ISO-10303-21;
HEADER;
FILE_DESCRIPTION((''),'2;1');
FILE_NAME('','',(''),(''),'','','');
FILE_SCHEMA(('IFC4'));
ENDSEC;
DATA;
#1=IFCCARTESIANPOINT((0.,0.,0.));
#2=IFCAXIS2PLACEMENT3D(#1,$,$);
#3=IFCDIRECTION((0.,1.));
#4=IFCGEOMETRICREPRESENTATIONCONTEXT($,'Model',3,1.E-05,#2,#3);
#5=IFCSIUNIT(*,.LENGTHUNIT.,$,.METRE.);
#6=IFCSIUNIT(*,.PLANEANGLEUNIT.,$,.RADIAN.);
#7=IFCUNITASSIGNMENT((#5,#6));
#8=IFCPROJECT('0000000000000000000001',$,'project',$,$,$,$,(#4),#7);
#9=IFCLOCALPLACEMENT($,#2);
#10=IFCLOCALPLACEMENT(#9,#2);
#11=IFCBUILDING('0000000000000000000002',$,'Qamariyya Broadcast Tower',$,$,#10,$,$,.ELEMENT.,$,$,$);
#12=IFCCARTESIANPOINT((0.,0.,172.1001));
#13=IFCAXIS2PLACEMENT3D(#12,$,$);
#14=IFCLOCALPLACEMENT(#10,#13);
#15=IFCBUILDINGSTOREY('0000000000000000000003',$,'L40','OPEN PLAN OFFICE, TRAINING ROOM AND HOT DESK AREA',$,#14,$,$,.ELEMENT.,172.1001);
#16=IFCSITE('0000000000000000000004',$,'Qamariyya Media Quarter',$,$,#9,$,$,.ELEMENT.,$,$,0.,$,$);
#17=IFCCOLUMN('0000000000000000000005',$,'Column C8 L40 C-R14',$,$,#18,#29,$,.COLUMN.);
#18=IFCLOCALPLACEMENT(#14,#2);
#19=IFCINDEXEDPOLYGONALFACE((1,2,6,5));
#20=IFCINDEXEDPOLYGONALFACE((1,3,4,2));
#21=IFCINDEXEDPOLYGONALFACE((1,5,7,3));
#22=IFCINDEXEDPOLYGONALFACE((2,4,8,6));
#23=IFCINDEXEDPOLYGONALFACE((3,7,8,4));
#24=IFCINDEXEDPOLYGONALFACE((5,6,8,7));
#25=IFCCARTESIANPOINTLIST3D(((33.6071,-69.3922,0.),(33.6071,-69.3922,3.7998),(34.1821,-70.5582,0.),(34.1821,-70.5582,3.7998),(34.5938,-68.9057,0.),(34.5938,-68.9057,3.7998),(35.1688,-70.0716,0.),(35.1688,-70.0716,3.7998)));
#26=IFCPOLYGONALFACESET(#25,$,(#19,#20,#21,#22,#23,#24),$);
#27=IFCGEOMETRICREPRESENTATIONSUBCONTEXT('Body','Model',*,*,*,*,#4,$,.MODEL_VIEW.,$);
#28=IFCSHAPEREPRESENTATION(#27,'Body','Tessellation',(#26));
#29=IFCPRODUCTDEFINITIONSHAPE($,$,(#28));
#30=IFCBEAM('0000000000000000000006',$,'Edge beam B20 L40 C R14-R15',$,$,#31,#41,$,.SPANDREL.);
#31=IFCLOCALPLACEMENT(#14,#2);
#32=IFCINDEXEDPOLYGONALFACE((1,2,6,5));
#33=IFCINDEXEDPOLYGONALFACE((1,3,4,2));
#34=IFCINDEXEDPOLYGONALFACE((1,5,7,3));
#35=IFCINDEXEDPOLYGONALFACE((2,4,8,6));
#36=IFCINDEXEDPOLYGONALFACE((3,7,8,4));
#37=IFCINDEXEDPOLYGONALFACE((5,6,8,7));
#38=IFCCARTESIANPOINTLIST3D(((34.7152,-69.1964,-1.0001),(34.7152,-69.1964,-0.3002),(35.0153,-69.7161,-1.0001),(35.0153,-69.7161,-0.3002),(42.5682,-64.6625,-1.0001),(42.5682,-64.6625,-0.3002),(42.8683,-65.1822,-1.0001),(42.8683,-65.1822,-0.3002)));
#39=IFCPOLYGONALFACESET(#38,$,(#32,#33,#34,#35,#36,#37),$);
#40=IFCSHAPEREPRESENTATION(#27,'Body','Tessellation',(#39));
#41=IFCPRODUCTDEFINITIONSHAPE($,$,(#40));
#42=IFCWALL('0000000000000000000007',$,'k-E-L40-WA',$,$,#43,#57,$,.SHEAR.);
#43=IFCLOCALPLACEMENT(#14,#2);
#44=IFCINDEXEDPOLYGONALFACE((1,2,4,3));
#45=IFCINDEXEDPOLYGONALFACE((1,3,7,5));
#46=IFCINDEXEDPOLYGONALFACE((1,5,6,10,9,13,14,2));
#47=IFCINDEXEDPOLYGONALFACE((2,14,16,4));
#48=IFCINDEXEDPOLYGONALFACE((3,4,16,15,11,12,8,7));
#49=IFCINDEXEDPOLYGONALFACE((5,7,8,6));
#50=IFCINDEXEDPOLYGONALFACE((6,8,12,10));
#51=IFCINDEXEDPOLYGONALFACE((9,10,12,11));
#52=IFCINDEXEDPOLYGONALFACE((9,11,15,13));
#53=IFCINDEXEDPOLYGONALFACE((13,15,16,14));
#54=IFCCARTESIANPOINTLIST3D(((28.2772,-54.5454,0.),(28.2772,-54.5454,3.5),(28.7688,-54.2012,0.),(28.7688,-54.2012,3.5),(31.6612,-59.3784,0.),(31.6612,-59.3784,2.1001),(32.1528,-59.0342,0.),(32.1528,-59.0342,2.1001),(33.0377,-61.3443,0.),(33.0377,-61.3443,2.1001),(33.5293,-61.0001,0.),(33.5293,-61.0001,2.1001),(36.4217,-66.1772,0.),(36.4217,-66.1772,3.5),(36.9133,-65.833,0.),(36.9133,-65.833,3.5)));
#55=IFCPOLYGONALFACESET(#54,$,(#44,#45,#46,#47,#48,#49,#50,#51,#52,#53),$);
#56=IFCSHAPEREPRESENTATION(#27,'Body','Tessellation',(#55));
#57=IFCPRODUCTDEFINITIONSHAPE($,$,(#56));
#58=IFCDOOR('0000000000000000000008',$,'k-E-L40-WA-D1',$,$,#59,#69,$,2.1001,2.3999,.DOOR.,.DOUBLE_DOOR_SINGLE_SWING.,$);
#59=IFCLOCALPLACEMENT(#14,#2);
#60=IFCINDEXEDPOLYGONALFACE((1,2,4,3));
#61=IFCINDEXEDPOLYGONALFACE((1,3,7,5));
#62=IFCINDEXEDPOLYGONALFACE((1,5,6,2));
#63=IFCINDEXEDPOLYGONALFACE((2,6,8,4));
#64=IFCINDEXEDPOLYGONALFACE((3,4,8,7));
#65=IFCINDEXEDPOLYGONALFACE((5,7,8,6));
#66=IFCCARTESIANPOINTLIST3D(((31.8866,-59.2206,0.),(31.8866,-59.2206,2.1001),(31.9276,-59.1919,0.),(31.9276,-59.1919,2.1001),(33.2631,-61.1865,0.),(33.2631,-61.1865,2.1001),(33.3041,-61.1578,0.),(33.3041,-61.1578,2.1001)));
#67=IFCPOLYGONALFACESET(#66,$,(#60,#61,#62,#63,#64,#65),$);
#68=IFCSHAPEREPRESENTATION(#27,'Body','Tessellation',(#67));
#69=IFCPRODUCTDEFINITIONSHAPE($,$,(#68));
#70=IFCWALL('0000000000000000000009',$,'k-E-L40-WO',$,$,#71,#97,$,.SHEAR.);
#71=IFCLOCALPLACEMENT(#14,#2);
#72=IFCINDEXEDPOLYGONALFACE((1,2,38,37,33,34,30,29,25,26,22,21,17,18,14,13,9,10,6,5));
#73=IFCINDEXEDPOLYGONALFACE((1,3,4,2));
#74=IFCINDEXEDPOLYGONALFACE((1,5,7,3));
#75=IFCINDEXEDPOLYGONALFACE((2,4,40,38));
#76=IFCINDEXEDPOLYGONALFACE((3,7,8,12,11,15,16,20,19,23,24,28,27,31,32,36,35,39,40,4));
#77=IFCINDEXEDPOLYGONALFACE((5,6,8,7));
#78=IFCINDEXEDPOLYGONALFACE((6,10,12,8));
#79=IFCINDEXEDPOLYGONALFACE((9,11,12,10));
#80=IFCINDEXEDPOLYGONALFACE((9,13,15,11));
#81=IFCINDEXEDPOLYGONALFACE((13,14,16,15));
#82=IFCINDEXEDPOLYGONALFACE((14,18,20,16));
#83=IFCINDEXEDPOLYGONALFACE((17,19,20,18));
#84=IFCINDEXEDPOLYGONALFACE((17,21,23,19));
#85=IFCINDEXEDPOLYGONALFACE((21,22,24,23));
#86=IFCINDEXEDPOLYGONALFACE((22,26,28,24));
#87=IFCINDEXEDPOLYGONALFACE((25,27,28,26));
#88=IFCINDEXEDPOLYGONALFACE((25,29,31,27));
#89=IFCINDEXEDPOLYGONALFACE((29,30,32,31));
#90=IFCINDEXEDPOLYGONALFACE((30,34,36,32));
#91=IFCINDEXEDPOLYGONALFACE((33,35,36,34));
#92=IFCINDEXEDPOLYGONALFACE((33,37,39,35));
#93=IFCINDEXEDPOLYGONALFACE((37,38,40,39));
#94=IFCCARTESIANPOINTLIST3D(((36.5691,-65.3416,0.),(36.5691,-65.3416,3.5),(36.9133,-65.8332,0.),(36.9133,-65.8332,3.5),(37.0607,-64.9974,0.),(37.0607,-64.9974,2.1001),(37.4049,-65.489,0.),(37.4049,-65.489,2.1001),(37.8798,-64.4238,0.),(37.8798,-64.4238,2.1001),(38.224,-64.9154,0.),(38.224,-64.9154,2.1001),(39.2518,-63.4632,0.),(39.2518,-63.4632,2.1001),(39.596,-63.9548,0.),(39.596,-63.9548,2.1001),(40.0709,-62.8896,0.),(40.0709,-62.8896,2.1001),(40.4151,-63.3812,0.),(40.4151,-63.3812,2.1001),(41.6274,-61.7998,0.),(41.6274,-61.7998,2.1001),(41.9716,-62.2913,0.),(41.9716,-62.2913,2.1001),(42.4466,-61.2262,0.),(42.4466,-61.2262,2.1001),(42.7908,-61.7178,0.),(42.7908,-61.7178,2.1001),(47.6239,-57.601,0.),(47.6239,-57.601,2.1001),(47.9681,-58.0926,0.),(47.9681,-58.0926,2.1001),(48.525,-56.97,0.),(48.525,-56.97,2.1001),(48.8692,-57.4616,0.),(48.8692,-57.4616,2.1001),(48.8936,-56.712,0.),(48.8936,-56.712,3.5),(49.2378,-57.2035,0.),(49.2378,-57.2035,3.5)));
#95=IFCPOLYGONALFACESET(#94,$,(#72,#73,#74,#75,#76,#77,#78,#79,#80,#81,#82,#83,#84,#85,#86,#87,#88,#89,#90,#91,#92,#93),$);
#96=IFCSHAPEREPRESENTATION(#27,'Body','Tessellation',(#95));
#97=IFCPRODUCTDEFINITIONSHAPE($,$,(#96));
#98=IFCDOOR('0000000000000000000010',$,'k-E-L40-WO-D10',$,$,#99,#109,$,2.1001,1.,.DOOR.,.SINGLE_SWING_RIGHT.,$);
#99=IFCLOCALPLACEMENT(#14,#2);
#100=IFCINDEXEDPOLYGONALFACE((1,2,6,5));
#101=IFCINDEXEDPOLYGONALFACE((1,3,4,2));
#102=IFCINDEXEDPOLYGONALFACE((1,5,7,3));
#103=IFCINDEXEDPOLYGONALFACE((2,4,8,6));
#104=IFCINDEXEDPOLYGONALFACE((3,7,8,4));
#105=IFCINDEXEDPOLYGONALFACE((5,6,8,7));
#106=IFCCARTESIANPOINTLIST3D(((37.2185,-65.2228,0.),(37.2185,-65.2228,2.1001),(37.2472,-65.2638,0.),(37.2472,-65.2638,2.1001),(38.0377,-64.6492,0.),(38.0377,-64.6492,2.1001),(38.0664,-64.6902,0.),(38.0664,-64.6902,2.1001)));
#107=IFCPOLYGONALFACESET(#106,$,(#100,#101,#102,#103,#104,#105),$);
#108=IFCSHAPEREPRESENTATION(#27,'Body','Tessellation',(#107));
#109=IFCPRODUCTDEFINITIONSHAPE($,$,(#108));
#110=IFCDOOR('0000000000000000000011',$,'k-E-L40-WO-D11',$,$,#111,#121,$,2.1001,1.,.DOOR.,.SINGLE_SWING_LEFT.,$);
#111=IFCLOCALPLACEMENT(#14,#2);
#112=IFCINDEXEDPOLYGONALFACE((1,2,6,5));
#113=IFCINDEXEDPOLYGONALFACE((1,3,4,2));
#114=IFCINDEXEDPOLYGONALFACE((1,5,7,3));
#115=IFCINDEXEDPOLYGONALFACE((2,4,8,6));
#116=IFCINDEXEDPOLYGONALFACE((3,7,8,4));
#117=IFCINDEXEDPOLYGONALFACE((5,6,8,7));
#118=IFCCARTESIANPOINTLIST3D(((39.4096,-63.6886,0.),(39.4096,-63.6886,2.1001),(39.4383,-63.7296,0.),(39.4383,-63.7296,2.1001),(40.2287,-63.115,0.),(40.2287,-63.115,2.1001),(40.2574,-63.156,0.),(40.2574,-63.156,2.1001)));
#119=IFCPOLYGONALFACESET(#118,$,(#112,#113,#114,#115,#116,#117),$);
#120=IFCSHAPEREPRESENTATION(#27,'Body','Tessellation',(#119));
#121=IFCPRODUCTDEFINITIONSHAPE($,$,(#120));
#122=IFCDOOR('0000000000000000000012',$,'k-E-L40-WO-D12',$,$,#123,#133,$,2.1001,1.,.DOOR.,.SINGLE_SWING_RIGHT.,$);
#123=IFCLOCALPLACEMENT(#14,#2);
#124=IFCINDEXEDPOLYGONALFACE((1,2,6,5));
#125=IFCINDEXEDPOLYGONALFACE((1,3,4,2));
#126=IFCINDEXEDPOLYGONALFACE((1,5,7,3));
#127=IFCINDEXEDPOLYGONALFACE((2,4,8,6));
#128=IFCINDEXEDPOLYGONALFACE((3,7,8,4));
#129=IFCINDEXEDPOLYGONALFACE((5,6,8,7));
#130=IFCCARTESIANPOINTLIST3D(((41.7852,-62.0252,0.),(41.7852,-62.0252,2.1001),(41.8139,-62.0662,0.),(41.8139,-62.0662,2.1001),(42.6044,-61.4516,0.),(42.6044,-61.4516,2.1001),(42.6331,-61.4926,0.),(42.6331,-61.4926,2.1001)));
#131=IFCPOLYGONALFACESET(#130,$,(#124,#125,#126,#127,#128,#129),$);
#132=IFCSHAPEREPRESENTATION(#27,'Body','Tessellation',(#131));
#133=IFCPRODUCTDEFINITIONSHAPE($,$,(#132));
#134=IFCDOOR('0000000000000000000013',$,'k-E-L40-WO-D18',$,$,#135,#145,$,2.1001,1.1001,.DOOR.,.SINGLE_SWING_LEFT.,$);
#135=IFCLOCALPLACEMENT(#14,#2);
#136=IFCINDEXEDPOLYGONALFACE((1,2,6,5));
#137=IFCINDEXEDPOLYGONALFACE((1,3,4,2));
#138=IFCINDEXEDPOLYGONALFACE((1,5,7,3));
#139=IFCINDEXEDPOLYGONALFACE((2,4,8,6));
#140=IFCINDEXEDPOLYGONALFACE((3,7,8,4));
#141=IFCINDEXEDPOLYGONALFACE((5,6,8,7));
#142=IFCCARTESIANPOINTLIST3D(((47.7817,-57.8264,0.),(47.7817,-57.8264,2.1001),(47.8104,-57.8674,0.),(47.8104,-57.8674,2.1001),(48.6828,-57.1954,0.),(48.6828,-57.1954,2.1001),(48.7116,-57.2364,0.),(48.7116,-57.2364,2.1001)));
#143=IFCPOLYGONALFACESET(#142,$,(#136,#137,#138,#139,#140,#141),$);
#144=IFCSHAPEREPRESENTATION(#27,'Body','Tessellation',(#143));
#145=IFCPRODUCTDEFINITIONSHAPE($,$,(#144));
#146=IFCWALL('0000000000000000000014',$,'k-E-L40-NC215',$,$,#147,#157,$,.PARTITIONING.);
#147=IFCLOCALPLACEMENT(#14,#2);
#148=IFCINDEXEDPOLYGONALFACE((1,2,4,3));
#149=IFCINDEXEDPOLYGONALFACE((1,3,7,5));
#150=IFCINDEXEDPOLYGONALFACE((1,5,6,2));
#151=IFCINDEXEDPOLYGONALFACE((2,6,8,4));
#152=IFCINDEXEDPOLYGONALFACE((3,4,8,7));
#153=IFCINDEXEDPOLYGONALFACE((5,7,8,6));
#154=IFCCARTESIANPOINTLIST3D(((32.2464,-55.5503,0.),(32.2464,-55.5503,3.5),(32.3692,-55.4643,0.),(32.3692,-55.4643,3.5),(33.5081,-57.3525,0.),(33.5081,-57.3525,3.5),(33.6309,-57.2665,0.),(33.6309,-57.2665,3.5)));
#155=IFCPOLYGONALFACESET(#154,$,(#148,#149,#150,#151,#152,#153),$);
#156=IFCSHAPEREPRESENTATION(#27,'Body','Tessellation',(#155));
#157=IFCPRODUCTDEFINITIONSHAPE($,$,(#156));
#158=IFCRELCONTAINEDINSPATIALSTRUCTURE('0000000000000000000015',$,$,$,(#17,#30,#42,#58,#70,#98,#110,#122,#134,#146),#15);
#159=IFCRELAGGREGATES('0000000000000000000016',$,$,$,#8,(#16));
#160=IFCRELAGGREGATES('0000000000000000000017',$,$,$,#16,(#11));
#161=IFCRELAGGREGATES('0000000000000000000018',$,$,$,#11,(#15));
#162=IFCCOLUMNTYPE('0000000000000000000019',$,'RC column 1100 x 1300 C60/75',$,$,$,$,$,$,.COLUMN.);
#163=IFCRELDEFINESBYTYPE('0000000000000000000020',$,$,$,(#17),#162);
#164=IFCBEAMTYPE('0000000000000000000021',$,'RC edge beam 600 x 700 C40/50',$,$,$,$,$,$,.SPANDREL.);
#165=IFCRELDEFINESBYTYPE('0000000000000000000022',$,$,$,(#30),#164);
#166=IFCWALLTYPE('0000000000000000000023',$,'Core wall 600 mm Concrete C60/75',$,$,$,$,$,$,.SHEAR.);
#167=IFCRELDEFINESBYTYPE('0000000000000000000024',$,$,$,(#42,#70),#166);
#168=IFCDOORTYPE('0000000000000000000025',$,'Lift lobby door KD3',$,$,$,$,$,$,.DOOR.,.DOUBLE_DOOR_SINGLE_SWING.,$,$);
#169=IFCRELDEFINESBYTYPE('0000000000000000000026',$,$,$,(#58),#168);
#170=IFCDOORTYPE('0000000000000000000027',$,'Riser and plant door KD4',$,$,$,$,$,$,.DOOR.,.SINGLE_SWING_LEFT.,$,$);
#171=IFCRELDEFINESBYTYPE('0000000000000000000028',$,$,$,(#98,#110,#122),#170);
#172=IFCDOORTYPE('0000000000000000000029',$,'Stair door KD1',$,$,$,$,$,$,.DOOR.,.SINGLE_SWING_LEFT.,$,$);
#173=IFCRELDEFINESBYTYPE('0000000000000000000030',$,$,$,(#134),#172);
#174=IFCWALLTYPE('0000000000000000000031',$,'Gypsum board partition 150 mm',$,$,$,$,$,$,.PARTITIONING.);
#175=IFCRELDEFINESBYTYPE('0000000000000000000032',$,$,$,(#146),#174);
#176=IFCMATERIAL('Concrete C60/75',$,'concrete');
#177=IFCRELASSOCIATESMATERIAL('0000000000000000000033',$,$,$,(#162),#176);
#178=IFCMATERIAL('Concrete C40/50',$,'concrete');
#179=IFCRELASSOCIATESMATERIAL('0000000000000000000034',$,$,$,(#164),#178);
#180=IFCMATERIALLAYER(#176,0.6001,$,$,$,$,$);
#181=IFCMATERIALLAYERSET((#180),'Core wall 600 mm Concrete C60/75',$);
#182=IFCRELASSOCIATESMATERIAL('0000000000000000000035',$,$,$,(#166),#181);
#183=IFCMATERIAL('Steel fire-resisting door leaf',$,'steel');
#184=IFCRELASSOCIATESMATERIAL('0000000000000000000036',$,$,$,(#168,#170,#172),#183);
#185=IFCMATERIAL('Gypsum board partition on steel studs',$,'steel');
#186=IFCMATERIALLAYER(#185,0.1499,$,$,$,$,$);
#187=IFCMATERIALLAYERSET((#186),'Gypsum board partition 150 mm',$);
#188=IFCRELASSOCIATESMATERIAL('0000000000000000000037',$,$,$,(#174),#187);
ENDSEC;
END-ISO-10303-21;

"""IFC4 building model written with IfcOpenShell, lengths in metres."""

from ifc_helpers import new_model, si_unit, direction, frame, frame_2d, origin, origin_2d, place, context, subcontext, project, spatial, rectangle, extrude, material, layer, layer_set, material_profile, profile_set, type_object, element, fill, save


model = new_model("IFC4")

# Units and contexts
model_context = context("Model", 3, precision=1e-05, world=origin(), true_north=direction((0.0, 1.0)))
body_context = subcontext(model_context, "Body", "Model", "MODEL_VIEW")
ifc_project = project(units=[si_unit("LENGTHUNIT", "METRE"), si_unit("PLANEANGLEUNIT", "RADIAN")], contexts=[model_context])

# Site, building, storey
site_placement = place(None, origin())
site = spatial("IfcSite", under=ifc_project, at=site_placement, Name="Qamariyya Media Quarter", CompositionType="ELEMENT", RefElevation=0.0)
building_placement = place(site_placement, origin())
building = spatial("IfcBuilding", under=site, at=building_placement, Name="Qamariyya Broadcast Tower", CompositionType="ELEMENT")
storey_placement = place(building_placement, frame((0.0, 0.0, 172.1001)))
storey = spatial("IfcBuildingStorey", under=building, at=storey_placement, Name="L40", Description="OPEN PLAN OFFICE, TRAINING ROOM AND HOT DESK AREA", CompositionType="ELEMENT", Elevation=172.1001)

# Column
ifc_material_1 = material(Name="Concrete C60/75", Category="concrete")
ifc_material_profile_1 = material_profile(ifc_material_1, rectangle(XDim=1.1001, YDim=1.3, at=origin_2d()))
ifc_profile_set_1 = profile_set([ifc_material_profile_1], Name="Concrete C60/75")
column_type = type_object("IfcColumnType", Name="RC column 1100 x 1300 C60/75", PredefinedType="COLUMN", material=ifc_profile_set_1)
column_placement = place(storey_placement, frame((34.3879, -69.7319, 0.0), z_axis=(0.0, 0.0, 1.0), x_axis=(0.896873, 0.442289, 0.0)))
element("IfcColumn", 1, at=column_placement, inside=storey, type_object=column_type, Name="Column C8 L40 C-R14", PredefinedType="COLUMN", context=body_context, shape_type="SweptSolid", body=[
    extrude(rectangle(XDim=1.1001, YDim=1.3, at=origin_2d()), origin(), (0.0, 0.0, 1.0), 3.7998),
])

# Beam
ifc_material_2 = material(Name="Concrete C40/50", Category="concrete")
ifc_material_profile_2 = material_profile(ifc_material_2, rectangle(XDim=0.6001, YDim=0.7, at=origin_2d()))
ifc_profile_set_2 = profile_set([ifc_material_profile_2], Name="Concrete C40/50")
beam_type = type_object("IfcBeamType", Name="RC edge beam 600 x 700 C40/50", PredefinedType="SPANDREL", material=ifc_profile_set_2)
beam_placement = place(storey_placement, frame((34.8652, -69.4563, -0.6501), z_axis=(0.866026, 0.499999, 0.0), x_axis=(-0.499999, 0.866026, 0.0)))
element("IfcBeam", 2, at=beam_placement, inside=storey, type_object=beam_type, Name="Edge beam B20 L40 C R14-R15", PredefinedType="SPANDREL", context=body_context, shape_type="SweptSolid", body=[
    extrude(rectangle(XDim=0.6001, YDim=0.7, at=origin_2d()), origin(), (0.0, 0.0, 1.0), 9.0679),
])

# Wall, opening, door
ifc_layer_1 = layer(ifc_material_1, 0.6001)
ifc_layer_set_1 = layer_set([ifc_layer_1], Name="Core wall 600 mm Concrete C60/75")
wall_type_1 = type_object("IfcWallType", Name="Core wall 600 mm Concrete C60/75", PredefinedType="SHEAR", material=ifc_layer_set_1)
wall_1_placement = place(storey_placement, frame((36.6675, -66.0051, 0.0), z_axis=(0.0, 0.0, 1.0), x_axis=(-0.573568, 0.819158, 0.0)))
wall_1 = element("IfcWall", 3, at=wall_1_placement, inside=storey, type_object=wall_type_1, Name="k-E-L40-WA", PredefinedType="SHEAR", context=body_context, shape_type="SweptSolid", body=[
    extrude(rectangle(XDim=14.1997, YDim=0.6001, at=frame_2d((7.0999, 0.0))), origin(), (0.0, 0.0, 1.0), 3.5),
])
opening_1_placement = place(wall_1_placement, frame((5.8999, 0.0, 0.0)))
opening_1 = element("IfcOpeningElement", 4, at=opening_1_placement, cuts=wall_1, PredefinedType="OPENING", context=body_context, shape_type="SweptSolid", body=[
    extrude(rectangle(XDim=2.3999, YDim=2.1001, at=frame_2d((1.2, 1.05))), frame((0.0, 0.3101, 0.0), z_axis=(0.0, -1.0, 0.0), x_axis=(1.0, 0.0, 0.0)), (0.0, 0.0, 1.0), 0.6201),
])
ifc_material_3 = material(Name="Steel fire-resisting door leaf", Category="steel")
door_type_1 = type_object("IfcDoorType", Name="Lift lobby door KD3", OperationType="DOUBLE_DOOR_SINGLE_SWING", PredefinedType="DOOR", material=ifc_material_3)
door_1_placement = place(opening_1_placement, origin())
door_1 = element("IfcDoor", 5, at=door_1_placement, inside=storey, type_object=door_type_1, Name="k-E-L40-WA-D1", OperationType="DOUBLE_DOOR_SINGLE_SWING", OverallHeight=2.1001, OverallWidth=2.3999, PredefinedType="DOOR", context=body_context, shape_type="SweptSolid", body=[
    extrude(rectangle(XDim=2.3999, YDim=2.1001, at=frame_2d((1.2, 1.05))), frame((0.0, 0.0249, 0.0), z_axis=(0.0, -1.0, 0.0), x_axis=(1.0, 0.0, 0.0)), (0.0, 0.0, 1.0), 0.05),
])
fill(opening_1, door_1)

# Wall, openings, doors
wall_2_placement = place(storey_placement, frame((36.7412, -65.5874, 0.0), z_axis=(0.0, 0.0, 1.0), x_axis=(0.819153, 0.573575, 0.0)))
wall_2 = element("IfcWall", 6, at=wall_2_placement, inside=storey, type_object=wall_type_1, Name="k-E-L40-WO", PredefinedType="SHEAR", context=body_context, shape_type="SweptSolid", body=[
    extrude(rectangle(XDim=15.0454, YDim=0.6001, at=frame_2d((7.5227, 0.0))), origin(), (0.0, 0.0, 1.0), 3.5),
])
opening_2_placement = place(wall_2_placement, frame((0.6001, 0.0, 0.0)))
opening_2 = element("IfcOpeningElement", 7, at=opening_2_placement, cuts=wall_2, PredefinedType="OPENING", context=body_context, shape_type="SweptSolid", body=[
    extrude(rectangle(XDim=1.0, YDim=2.1001, at=frame_2d((0.5, 1.05))), frame((0.0, 0.3101, 0.0), z_axis=(0.0, -1.0, 0.0), x_axis=(1.0, 0.0, 0.0)), (0.0, 0.0, 1.0), 0.6201),
])
opening_3_placement = place(wall_2_placement, frame((3.2749, 0.0, 0.0)))
opening_3 = element("IfcOpeningElement", 8, at=opening_3_placement, cuts=wall_2, PredefinedType="OPENING", context=body_context, shape_type="SweptSolid", body=[
    extrude(rectangle(XDim=1.0, YDim=2.1001, at=frame_2d((0.5, 1.05))), frame((0.0, 0.3101, 0.0), z_axis=(0.0, -1.0, 0.0), x_axis=(1.0, 0.0, 0.0)), (0.0, 0.0, 1.0), 0.6201),
])
opening_4_placement = place(wall_2_placement, frame((6.175, 0.0, 0.0)))
opening_4 = element("IfcOpeningElement", 9, at=opening_4_placement, cuts=wall_2, PredefinedType="OPENING", context=body_context, shape_type="SweptSolid", body=[
    extrude(rectangle(XDim=1.0, YDim=2.1001, at=frame_2d((0.5, 1.05))), frame((0.0, 0.3101, 0.0), z_axis=(0.0, -1.0, 0.0), x_axis=(1.0, 0.0, 0.0)), (0.0, 0.0, 1.0), 0.6201),
])
opening_5_placement = place(wall_2_placement, frame((13.4954, 0.0, 0.0)))
opening_5 = element("IfcOpeningElement", 10, at=opening_5_placement, cuts=wall_2, PredefinedType="OPENING", context=body_context, shape_type="SweptSolid", body=[
    extrude(rectangle(XDim=1.1001, YDim=2.1001, at=frame_2d((0.55, 1.05))), frame((0.0, 0.3101, 0.0), z_axis=(0.0, -1.0, 0.0), x_axis=(1.0, 0.0, 0.0)), (0.0, 0.0, 1.0), 0.6201),
])
door_type_2 = type_object("IfcDoorType", Name="Riser and plant door KD4", OperationType="SINGLE_SWING_LEFT", PredefinedType="DOOR", material=ifc_material_3)
door_2_placement = place(opening_2_placement, origin())
door_2 = element("IfcDoor", 11, at=door_2_placement, inside=storey, type_object=door_type_2, Name="k-E-L40-WO-D10", OperationType="SINGLE_SWING_RIGHT", OverallHeight=2.1001, OverallWidth=1.0, PredefinedType="DOOR", context=body_context, shape_type="SweptSolid", body=[
    extrude(rectangle(XDim=1.0, YDim=2.1001, at=frame_2d((0.5, 1.05))), frame((0.0, 0.0249, 0.0), z_axis=(0.0, -1.0, 0.0), x_axis=(1.0, 0.0, 0.0)), (0.0, 0.0, 1.0), 0.05),
])
fill(opening_2, door_2)
door_3_placement = place(opening_3_placement, origin())
door_3 = element("IfcDoor", 12, at=door_3_placement, inside=storey, type_object=door_type_2, Name="k-E-L40-WO-D11", OperationType="SINGLE_SWING_LEFT", OverallHeight=2.1001, OverallWidth=1.0, PredefinedType="DOOR", context=body_context, shape_type="SweptSolid", body=[
    extrude(rectangle(XDim=1.0, YDim=2.1001, at=frame_2d((0.5, 1.05))), frame((0.0, 0.0249, 0.0), z_axis=(0.0, -1.0, 0.0), x_axis=(1.0, 0.0, 0.0)), (0.0, 0.0, 1.0), 0.05),
])
fill(opening_3, door_3)
door_4_placement = place(opening_4_placement, origin())
door_4 = element("IfcDoor", 13, at=door_4_placement, inside=storey, type_object=door_type_2, Name="k-E-L40-WO-D12", OperationType="SINGLE_SWING_RIGHT", OverallHeight=2.1001, OverallWidth=1.0, PredefinedType="DOOR", context=body_context, shape_type="SweptSolid", body=[
    extrude(rectangle(XDim=1.0, YDim=2.1001, at=frame_2d((0.5, 1.05))), frame((0.0, 0.0249, 0.0), z_axis=(0.0, -1.0, 0.0), x_axis=(1.0, 0.0, 0.0)), (0.0, 0.0, 1.0), 0.05),
])
fill(opening_4, door_4)
door_type_3 = type_object("IfcDoorType", Name="Stair door KD1", OperationType="SINGLE_SWING_LEFT", PredefinedType="DOOR", material=ifc_material_3)
door_5_placement = place(opening_5_placement, origin())
door_5 = element("IfcDoor", 14, at=door_5_placement, inside=storey, type_object=door_type_3, Name="k-E-L40-WO-D18", OperationType="SINGLE_SWING_LEFT", OverallHeight=2.1001, OverallWidth=1.1001, PredefinedType="DOOR", context=body_context, shape_type="SweptSolid", body=[
    extrude(rectangle(XDim=1.1001, YDim=2.1001, at=frame_2d((0.55, 1.05))), frame((0.0, 0.0249, 0.0), z_axis=(0.0, -1.0, 0.0), x_axis=(1.0, 0.0, 0.0)), (0.0, 0.0, 1.0), 0.05),
])
fill(opening_5, door_5)

# Wall
ifc_material_4 = material(Name="Gypsum board partition on steel studs", Category="steel")
ifc_layer_2 = layer(ifc_material_4, 0.1499)
ifc_layer_set_2 = layer_set([ifc_layer_2], Name="Gypsum board partition 150 mm")
wall_type_2 = type_object("IfcWallType", Name="Gypsum board partition 150 mm", PredefinedType="PARTITIONING", material=ifc_layer_set_2)
wall_3_placement = place(storey_placement, frame((33.5696, -57.3096, 0.0), z_axis=(0.0, 0.0, 1.0), x_axis=(-0.573507, 0.819201, 0.0)))
element("IfcWall", 15, at=wall_3_placement, inside=storey, type_object=wall_type_2, Name="k-E-L40-NC215", PredefinedType="PARTITIONING", context=body_context, shape_type="SweptSolid", body=[
    extrude(rectangle(XDim=2.2, YDim=0.1499, at=frame_2d((1.1001, 0.0))), origin(), (0.0, 0.0, 1.0), 3.5),
])

save(model, "model.ifc")
